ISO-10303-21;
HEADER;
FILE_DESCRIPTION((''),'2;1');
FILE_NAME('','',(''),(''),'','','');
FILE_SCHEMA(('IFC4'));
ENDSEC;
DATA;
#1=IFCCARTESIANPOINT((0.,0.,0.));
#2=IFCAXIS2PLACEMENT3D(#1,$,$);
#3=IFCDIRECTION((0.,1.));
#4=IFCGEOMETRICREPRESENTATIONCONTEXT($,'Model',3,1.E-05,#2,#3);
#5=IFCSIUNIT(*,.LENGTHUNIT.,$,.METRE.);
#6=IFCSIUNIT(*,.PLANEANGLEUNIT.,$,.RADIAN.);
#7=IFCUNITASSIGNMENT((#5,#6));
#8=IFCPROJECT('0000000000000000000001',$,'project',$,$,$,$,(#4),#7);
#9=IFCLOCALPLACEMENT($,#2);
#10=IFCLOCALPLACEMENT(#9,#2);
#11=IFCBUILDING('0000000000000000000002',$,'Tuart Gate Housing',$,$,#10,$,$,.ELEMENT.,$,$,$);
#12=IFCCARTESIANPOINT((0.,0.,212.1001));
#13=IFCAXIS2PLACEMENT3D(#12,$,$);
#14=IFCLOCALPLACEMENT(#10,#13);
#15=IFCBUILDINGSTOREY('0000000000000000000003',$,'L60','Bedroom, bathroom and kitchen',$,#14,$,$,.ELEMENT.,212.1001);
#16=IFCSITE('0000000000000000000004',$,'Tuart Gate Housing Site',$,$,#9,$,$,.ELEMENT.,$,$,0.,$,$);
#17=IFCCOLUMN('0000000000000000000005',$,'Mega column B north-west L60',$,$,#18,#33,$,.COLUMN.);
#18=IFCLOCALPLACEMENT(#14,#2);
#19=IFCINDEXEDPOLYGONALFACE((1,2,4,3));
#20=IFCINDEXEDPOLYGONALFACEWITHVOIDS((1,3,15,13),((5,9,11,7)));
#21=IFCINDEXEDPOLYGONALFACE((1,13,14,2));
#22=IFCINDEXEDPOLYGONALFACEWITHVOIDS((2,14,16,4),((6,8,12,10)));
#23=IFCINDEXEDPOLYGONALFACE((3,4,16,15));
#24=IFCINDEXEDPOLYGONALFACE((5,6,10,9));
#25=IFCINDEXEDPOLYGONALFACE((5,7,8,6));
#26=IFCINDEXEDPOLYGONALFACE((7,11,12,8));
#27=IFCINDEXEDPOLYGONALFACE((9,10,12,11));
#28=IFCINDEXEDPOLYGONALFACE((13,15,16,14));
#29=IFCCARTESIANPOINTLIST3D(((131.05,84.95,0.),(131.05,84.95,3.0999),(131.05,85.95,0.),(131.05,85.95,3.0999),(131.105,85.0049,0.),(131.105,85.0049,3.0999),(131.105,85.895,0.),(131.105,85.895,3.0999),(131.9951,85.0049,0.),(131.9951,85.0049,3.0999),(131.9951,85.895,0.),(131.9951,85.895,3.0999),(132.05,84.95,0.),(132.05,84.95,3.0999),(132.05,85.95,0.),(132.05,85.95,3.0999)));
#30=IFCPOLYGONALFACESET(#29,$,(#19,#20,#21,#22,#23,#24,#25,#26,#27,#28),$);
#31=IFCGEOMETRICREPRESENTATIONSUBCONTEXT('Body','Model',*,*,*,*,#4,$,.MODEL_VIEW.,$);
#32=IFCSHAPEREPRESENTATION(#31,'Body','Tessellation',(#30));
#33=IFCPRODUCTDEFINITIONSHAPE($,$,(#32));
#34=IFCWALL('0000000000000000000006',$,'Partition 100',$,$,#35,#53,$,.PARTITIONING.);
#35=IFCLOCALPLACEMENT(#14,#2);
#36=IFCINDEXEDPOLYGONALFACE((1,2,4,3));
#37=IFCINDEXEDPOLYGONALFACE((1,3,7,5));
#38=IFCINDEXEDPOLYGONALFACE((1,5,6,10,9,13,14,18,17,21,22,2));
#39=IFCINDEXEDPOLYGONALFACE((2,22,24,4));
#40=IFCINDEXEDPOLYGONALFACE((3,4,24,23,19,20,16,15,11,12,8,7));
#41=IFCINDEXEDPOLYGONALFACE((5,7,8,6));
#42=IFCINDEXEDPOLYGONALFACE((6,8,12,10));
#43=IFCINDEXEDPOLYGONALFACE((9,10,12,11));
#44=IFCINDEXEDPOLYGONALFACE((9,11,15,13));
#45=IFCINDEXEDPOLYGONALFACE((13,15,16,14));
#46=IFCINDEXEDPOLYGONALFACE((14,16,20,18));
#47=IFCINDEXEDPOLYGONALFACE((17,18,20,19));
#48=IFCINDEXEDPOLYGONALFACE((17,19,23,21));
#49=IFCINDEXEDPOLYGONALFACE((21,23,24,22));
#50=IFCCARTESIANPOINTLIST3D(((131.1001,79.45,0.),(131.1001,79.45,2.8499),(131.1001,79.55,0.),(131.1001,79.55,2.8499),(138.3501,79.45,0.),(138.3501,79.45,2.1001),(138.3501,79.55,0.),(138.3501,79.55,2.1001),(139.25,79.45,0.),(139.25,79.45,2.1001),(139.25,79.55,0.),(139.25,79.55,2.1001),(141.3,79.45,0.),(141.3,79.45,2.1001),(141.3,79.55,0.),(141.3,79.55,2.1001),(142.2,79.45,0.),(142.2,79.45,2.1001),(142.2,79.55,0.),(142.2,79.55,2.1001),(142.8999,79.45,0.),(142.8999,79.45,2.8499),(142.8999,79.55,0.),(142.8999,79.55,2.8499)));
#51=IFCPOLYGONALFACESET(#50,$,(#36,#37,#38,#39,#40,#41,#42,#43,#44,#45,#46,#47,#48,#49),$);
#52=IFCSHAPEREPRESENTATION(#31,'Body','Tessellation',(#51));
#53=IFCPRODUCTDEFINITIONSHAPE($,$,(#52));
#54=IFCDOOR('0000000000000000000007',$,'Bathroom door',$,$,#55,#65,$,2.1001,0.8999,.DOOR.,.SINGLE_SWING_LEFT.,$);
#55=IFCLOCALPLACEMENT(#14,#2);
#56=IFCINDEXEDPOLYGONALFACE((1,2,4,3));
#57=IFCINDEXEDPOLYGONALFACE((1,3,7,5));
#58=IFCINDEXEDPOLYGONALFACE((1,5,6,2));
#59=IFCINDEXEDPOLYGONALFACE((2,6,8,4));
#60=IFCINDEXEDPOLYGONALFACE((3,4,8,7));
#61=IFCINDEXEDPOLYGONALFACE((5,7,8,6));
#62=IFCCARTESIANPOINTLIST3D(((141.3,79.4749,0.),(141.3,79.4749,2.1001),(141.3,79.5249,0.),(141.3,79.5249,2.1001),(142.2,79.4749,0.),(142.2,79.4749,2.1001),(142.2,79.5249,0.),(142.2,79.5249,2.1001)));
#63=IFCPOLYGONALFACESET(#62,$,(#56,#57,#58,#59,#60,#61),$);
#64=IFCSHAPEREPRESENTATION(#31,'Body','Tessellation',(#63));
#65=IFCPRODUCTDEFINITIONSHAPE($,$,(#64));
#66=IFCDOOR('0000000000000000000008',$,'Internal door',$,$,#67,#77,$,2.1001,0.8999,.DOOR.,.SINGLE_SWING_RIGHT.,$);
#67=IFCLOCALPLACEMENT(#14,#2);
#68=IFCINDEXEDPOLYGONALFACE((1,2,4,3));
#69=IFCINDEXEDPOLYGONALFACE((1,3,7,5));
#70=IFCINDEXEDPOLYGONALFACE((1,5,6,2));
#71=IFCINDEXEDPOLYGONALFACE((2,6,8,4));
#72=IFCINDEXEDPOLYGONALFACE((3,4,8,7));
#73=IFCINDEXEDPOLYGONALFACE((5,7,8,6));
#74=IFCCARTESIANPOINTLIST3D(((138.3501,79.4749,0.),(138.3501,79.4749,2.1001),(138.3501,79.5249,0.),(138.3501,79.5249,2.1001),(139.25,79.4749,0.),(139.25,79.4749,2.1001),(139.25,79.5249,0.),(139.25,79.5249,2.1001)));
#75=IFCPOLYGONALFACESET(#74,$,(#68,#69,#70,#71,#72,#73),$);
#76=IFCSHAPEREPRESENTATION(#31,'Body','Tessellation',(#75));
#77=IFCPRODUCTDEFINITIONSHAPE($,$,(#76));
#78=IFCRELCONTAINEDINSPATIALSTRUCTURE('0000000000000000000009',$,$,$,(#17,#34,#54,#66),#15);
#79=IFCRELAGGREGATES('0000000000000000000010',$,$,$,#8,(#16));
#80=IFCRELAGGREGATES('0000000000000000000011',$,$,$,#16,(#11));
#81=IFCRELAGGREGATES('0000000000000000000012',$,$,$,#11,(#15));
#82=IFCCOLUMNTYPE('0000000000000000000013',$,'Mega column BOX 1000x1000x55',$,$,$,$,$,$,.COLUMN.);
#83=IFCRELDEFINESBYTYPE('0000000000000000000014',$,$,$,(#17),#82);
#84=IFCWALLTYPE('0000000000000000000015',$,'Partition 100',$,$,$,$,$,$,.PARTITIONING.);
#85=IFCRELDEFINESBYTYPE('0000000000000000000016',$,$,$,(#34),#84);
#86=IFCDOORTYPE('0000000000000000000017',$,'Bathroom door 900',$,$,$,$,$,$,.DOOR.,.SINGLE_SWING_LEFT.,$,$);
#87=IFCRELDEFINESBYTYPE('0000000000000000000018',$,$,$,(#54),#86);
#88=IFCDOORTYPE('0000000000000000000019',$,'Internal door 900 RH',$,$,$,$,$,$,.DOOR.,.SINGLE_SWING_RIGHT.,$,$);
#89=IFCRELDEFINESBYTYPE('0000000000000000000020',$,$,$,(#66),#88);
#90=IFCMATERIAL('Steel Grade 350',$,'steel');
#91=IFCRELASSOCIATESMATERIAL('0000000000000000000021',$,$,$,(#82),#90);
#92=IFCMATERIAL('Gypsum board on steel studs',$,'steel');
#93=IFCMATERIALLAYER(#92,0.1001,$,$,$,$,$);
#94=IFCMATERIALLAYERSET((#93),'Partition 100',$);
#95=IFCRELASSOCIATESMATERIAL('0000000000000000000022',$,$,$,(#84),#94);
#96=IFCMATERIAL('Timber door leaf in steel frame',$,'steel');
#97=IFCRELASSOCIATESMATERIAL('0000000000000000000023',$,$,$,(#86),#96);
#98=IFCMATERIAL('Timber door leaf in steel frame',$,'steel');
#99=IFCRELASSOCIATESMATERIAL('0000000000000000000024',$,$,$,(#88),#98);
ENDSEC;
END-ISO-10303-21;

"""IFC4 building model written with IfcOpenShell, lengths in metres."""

from ifc_helpers import new_model, si_unit, direction, frame, frame_2d, origin, origin_2d, place, context, subcontext, project, spatial, rectangle, hollow_rectangle, extrude, material, layer, layer_set, material_profile, profile_set, type_object, element, fill, save


model = new_model("IFC4")

# Units and contexts
model_context = context("Model", 3, precision=1e-05, world=origin(), true_north=direction((0.0, 1.0)))
body_context = subcontext(model_context, "Body", "Model", "MODEL_VIEW")
ifc_project = project(units=[si_unit("LENGTHUNIT", "METRE"), si_unit("PLANEANGLEUNIT", "RADIAN")], contexts=[model_context])

# Site, building, storey
site_placement = place(None, origin())
site = spatial("IfcSite", under=ifc_project, at=site_placement, Name="Tuart Gate Housing Site", CompositionType="ELEMENT", RefElevation=0.0)
building_placement = place(site_placement, origin())
building = spatial("IfcBuilding", under=site, at=building_placement, Name="Tuart Gate Housing", CompositionType="ELEMENT")
storey_placement = place(building_placement, frame((0.0, 0.0, 212.1001)))
storey = spatial("IfcBuildingStorey", under=building, at=storey_placement, Name="L60", Description="Bedroom, bathroom and kitchen", CompositionType="ELEMENT", Elevation=212.1001)

# Column
ifc_material_1 = material(Name="Steel Grade 350", Category="steel")
ifc_material_profile = material_profile(ifc_material_1, hollow_rectangle(XDim=1.0, YDim=1.0, WallThickness=0.0549, at=origin_2d()), Name="BOX 1000x1000x55")
ifc_profile_set = profile_set([ifc_material_profile], Name="Steel Grade 350")
column_type = type_object("IfcColumnType", Name="Mega column BOX 1000x1000x55", PredefinedType="COLUMN", material=ifc_profile_set)
column_placement = place(storey_placement, frame((131.55, 85.45, 0.0), z_axis=(0.0, 0.0, 1.0), x_axis=(1.0, 0.0, 0.0)))
element("IfcColumn", 1, at=column_placement, inside=storey, type_object=column_type, Name="Mega column B north-west L60", PredefinedType="COLUMN", context=body_context, shape_type="SweptSolid", body=[
    extrude(hollow_rectangle(XDim=1.0, YDim=1.0, WallThickness=0.0549, at=origin_2d()), origin(), (0.0, 0.0, 1.0), 3.0999),
])

# Wall, openings, doors
ifc_material_2 = material(Name="Gypsum board on steel studs", Category="steel")
ifc_layer_1 = layer(ifc_material_2, 0.1001)
ifc_layer_set_1 = layer_set([ifc_layer_1], Name="Partition 100")
wall_type_1 = type_object("IfcWallType", Name="Partition 100", PredefinedType="PARTITIONING", material=ifc_layer_set_1)
wall_1_placement = place(storey_placement, frame((131.1001, 79.5, 0.0), z_axis=(0.0, 0.0, 1.0), x_axis=(1.0, 0.0, 0.0)))
wall_1 = element("IfcWall", 2, at=wall_1_placement, inside=storey, type_object=wall_type_1, Name="Partition 100", PredefinedType="PARTITIONING", context=body_context, shape_type="SweptSolid", body=[
    extrude(rectangle(XDim=11.7998, YDim=0.1001, at=frame_2d((5.8999, 0.0))), origin(), (0.0, 0.0, 1.0), 2.8499),
])
opening_1_placement = place(wall_1_placement, frame((7.25, 0.0, 0.0)))
opening_1 = element("IfcOpeningElement", 3, at=opening_1_placement, cuts=wall_1, PredefinedType="OPENING", context=body_context, shape_type="SweptSolid", body=[
    extrude(rectangle(XDim=0.8999, YDim=2.1001, at=frame_2d((0.45, 1.05))), frame((0.0, 0.0601, 0.0), z_axis=(0.0, -1.0, 0.0), x_axis=(1.0, 0.0, 0.0)), (0.0, 0.0, 1.0), 0.1201),
])
opening_2_placement = place(wall_1_placement, frame((10.2, 0.0, 0.0)))
opening_2 = element("IfcOpeningElement", 4, at=opening_2_placement, cuts=wall_1, PredefinedType="OPENING", context=body_context, shape_type="SweptSolid", body=[
    extrude(rectangle(XDim=0.8999, YDim=2.1001, at=frame_2d((0.45, 1.05))), frame((0.0, 0.0601, 0.0), z_axis=(0.0, -1.0, 0.0), x_axis=(1.0, 0.0, 0.0)), (0.0, 0.0, 1.0), 0.1201),
])
ifc_material_3 = material(Name="Timber door leaf in steel frame", Category="steel")
door_type_1 = type_object("IfcDoorType", Name="Bathroom door 900", OperationType="SINGLE_SWING_LEFT", PredefinedType="DOOR", material=ifc_material_3)
door_1_placement = place(opening_2_placement, origin())
door_1 = element("IfcDoor", 5, at=door_1_placement, inside=storey, type_object=door_type_1, Name="Bathroom door", OperationType="SINGLE_SWING_LEFT", OverallHeight=2.1001, OverallWidth=0.8999, PredefinedType="DOOR", context=body_context, shape_type="SweptSolid", body=[
    extrude(rectangle(XDim=0.8999, YDim=2.1001, at=frame_2d((0.45, 1.05))), frame((0.0, 0.0249, 0.0), z_axis=(0.0, -1.0, 0.0), x_axis=(1.0, 0.0, 0.0)), (0.0, 0.0, 1.0), 0.05),
])
fill(opening_2, door_1)
ifc_material_4 = material(Name="Timber door leaf in steel frame", Category="steel")
door_type_2 = type_object("IfcDoorType", Name="Internal door 900 RH", OperationType="SINGLE_SWING_RIGHT", PredefinedType="DOOR", material=ifc_material_4)
door_2_placement = place(opening_1_placement, frame((0.8999, 0.0, 0.0), z_axis=(0.0, 0.0, 1.0), x_axis=(-1.0, 0.0, 0.0)))
door_2 = element("IfcDoor", 6, at=door_2_placement, inside=storey, type_object=door_type_2, Name="Internal door", OperationType="SINGLE_SWING_RIGHT", OverallHeight=2.1001, OverallWidth=0.8999, PredefinedType="DOOR", context=body_context, shape_type="SweptSolid", body=[
    extrude(rectangle(XDim=0.8999, YDim=2.1001, at=frame_2d((0.45, 1.05))), frame((0.0, 0.0251, 0.0), z_axis=(0.0, -1.0, 0.0), x_axis=(1.0, 0.0, 0.0)), (0.0, 0.0, 1.0), 0.05),
])
fill(opening_1, door_2)

save(model, "model.ifc")
